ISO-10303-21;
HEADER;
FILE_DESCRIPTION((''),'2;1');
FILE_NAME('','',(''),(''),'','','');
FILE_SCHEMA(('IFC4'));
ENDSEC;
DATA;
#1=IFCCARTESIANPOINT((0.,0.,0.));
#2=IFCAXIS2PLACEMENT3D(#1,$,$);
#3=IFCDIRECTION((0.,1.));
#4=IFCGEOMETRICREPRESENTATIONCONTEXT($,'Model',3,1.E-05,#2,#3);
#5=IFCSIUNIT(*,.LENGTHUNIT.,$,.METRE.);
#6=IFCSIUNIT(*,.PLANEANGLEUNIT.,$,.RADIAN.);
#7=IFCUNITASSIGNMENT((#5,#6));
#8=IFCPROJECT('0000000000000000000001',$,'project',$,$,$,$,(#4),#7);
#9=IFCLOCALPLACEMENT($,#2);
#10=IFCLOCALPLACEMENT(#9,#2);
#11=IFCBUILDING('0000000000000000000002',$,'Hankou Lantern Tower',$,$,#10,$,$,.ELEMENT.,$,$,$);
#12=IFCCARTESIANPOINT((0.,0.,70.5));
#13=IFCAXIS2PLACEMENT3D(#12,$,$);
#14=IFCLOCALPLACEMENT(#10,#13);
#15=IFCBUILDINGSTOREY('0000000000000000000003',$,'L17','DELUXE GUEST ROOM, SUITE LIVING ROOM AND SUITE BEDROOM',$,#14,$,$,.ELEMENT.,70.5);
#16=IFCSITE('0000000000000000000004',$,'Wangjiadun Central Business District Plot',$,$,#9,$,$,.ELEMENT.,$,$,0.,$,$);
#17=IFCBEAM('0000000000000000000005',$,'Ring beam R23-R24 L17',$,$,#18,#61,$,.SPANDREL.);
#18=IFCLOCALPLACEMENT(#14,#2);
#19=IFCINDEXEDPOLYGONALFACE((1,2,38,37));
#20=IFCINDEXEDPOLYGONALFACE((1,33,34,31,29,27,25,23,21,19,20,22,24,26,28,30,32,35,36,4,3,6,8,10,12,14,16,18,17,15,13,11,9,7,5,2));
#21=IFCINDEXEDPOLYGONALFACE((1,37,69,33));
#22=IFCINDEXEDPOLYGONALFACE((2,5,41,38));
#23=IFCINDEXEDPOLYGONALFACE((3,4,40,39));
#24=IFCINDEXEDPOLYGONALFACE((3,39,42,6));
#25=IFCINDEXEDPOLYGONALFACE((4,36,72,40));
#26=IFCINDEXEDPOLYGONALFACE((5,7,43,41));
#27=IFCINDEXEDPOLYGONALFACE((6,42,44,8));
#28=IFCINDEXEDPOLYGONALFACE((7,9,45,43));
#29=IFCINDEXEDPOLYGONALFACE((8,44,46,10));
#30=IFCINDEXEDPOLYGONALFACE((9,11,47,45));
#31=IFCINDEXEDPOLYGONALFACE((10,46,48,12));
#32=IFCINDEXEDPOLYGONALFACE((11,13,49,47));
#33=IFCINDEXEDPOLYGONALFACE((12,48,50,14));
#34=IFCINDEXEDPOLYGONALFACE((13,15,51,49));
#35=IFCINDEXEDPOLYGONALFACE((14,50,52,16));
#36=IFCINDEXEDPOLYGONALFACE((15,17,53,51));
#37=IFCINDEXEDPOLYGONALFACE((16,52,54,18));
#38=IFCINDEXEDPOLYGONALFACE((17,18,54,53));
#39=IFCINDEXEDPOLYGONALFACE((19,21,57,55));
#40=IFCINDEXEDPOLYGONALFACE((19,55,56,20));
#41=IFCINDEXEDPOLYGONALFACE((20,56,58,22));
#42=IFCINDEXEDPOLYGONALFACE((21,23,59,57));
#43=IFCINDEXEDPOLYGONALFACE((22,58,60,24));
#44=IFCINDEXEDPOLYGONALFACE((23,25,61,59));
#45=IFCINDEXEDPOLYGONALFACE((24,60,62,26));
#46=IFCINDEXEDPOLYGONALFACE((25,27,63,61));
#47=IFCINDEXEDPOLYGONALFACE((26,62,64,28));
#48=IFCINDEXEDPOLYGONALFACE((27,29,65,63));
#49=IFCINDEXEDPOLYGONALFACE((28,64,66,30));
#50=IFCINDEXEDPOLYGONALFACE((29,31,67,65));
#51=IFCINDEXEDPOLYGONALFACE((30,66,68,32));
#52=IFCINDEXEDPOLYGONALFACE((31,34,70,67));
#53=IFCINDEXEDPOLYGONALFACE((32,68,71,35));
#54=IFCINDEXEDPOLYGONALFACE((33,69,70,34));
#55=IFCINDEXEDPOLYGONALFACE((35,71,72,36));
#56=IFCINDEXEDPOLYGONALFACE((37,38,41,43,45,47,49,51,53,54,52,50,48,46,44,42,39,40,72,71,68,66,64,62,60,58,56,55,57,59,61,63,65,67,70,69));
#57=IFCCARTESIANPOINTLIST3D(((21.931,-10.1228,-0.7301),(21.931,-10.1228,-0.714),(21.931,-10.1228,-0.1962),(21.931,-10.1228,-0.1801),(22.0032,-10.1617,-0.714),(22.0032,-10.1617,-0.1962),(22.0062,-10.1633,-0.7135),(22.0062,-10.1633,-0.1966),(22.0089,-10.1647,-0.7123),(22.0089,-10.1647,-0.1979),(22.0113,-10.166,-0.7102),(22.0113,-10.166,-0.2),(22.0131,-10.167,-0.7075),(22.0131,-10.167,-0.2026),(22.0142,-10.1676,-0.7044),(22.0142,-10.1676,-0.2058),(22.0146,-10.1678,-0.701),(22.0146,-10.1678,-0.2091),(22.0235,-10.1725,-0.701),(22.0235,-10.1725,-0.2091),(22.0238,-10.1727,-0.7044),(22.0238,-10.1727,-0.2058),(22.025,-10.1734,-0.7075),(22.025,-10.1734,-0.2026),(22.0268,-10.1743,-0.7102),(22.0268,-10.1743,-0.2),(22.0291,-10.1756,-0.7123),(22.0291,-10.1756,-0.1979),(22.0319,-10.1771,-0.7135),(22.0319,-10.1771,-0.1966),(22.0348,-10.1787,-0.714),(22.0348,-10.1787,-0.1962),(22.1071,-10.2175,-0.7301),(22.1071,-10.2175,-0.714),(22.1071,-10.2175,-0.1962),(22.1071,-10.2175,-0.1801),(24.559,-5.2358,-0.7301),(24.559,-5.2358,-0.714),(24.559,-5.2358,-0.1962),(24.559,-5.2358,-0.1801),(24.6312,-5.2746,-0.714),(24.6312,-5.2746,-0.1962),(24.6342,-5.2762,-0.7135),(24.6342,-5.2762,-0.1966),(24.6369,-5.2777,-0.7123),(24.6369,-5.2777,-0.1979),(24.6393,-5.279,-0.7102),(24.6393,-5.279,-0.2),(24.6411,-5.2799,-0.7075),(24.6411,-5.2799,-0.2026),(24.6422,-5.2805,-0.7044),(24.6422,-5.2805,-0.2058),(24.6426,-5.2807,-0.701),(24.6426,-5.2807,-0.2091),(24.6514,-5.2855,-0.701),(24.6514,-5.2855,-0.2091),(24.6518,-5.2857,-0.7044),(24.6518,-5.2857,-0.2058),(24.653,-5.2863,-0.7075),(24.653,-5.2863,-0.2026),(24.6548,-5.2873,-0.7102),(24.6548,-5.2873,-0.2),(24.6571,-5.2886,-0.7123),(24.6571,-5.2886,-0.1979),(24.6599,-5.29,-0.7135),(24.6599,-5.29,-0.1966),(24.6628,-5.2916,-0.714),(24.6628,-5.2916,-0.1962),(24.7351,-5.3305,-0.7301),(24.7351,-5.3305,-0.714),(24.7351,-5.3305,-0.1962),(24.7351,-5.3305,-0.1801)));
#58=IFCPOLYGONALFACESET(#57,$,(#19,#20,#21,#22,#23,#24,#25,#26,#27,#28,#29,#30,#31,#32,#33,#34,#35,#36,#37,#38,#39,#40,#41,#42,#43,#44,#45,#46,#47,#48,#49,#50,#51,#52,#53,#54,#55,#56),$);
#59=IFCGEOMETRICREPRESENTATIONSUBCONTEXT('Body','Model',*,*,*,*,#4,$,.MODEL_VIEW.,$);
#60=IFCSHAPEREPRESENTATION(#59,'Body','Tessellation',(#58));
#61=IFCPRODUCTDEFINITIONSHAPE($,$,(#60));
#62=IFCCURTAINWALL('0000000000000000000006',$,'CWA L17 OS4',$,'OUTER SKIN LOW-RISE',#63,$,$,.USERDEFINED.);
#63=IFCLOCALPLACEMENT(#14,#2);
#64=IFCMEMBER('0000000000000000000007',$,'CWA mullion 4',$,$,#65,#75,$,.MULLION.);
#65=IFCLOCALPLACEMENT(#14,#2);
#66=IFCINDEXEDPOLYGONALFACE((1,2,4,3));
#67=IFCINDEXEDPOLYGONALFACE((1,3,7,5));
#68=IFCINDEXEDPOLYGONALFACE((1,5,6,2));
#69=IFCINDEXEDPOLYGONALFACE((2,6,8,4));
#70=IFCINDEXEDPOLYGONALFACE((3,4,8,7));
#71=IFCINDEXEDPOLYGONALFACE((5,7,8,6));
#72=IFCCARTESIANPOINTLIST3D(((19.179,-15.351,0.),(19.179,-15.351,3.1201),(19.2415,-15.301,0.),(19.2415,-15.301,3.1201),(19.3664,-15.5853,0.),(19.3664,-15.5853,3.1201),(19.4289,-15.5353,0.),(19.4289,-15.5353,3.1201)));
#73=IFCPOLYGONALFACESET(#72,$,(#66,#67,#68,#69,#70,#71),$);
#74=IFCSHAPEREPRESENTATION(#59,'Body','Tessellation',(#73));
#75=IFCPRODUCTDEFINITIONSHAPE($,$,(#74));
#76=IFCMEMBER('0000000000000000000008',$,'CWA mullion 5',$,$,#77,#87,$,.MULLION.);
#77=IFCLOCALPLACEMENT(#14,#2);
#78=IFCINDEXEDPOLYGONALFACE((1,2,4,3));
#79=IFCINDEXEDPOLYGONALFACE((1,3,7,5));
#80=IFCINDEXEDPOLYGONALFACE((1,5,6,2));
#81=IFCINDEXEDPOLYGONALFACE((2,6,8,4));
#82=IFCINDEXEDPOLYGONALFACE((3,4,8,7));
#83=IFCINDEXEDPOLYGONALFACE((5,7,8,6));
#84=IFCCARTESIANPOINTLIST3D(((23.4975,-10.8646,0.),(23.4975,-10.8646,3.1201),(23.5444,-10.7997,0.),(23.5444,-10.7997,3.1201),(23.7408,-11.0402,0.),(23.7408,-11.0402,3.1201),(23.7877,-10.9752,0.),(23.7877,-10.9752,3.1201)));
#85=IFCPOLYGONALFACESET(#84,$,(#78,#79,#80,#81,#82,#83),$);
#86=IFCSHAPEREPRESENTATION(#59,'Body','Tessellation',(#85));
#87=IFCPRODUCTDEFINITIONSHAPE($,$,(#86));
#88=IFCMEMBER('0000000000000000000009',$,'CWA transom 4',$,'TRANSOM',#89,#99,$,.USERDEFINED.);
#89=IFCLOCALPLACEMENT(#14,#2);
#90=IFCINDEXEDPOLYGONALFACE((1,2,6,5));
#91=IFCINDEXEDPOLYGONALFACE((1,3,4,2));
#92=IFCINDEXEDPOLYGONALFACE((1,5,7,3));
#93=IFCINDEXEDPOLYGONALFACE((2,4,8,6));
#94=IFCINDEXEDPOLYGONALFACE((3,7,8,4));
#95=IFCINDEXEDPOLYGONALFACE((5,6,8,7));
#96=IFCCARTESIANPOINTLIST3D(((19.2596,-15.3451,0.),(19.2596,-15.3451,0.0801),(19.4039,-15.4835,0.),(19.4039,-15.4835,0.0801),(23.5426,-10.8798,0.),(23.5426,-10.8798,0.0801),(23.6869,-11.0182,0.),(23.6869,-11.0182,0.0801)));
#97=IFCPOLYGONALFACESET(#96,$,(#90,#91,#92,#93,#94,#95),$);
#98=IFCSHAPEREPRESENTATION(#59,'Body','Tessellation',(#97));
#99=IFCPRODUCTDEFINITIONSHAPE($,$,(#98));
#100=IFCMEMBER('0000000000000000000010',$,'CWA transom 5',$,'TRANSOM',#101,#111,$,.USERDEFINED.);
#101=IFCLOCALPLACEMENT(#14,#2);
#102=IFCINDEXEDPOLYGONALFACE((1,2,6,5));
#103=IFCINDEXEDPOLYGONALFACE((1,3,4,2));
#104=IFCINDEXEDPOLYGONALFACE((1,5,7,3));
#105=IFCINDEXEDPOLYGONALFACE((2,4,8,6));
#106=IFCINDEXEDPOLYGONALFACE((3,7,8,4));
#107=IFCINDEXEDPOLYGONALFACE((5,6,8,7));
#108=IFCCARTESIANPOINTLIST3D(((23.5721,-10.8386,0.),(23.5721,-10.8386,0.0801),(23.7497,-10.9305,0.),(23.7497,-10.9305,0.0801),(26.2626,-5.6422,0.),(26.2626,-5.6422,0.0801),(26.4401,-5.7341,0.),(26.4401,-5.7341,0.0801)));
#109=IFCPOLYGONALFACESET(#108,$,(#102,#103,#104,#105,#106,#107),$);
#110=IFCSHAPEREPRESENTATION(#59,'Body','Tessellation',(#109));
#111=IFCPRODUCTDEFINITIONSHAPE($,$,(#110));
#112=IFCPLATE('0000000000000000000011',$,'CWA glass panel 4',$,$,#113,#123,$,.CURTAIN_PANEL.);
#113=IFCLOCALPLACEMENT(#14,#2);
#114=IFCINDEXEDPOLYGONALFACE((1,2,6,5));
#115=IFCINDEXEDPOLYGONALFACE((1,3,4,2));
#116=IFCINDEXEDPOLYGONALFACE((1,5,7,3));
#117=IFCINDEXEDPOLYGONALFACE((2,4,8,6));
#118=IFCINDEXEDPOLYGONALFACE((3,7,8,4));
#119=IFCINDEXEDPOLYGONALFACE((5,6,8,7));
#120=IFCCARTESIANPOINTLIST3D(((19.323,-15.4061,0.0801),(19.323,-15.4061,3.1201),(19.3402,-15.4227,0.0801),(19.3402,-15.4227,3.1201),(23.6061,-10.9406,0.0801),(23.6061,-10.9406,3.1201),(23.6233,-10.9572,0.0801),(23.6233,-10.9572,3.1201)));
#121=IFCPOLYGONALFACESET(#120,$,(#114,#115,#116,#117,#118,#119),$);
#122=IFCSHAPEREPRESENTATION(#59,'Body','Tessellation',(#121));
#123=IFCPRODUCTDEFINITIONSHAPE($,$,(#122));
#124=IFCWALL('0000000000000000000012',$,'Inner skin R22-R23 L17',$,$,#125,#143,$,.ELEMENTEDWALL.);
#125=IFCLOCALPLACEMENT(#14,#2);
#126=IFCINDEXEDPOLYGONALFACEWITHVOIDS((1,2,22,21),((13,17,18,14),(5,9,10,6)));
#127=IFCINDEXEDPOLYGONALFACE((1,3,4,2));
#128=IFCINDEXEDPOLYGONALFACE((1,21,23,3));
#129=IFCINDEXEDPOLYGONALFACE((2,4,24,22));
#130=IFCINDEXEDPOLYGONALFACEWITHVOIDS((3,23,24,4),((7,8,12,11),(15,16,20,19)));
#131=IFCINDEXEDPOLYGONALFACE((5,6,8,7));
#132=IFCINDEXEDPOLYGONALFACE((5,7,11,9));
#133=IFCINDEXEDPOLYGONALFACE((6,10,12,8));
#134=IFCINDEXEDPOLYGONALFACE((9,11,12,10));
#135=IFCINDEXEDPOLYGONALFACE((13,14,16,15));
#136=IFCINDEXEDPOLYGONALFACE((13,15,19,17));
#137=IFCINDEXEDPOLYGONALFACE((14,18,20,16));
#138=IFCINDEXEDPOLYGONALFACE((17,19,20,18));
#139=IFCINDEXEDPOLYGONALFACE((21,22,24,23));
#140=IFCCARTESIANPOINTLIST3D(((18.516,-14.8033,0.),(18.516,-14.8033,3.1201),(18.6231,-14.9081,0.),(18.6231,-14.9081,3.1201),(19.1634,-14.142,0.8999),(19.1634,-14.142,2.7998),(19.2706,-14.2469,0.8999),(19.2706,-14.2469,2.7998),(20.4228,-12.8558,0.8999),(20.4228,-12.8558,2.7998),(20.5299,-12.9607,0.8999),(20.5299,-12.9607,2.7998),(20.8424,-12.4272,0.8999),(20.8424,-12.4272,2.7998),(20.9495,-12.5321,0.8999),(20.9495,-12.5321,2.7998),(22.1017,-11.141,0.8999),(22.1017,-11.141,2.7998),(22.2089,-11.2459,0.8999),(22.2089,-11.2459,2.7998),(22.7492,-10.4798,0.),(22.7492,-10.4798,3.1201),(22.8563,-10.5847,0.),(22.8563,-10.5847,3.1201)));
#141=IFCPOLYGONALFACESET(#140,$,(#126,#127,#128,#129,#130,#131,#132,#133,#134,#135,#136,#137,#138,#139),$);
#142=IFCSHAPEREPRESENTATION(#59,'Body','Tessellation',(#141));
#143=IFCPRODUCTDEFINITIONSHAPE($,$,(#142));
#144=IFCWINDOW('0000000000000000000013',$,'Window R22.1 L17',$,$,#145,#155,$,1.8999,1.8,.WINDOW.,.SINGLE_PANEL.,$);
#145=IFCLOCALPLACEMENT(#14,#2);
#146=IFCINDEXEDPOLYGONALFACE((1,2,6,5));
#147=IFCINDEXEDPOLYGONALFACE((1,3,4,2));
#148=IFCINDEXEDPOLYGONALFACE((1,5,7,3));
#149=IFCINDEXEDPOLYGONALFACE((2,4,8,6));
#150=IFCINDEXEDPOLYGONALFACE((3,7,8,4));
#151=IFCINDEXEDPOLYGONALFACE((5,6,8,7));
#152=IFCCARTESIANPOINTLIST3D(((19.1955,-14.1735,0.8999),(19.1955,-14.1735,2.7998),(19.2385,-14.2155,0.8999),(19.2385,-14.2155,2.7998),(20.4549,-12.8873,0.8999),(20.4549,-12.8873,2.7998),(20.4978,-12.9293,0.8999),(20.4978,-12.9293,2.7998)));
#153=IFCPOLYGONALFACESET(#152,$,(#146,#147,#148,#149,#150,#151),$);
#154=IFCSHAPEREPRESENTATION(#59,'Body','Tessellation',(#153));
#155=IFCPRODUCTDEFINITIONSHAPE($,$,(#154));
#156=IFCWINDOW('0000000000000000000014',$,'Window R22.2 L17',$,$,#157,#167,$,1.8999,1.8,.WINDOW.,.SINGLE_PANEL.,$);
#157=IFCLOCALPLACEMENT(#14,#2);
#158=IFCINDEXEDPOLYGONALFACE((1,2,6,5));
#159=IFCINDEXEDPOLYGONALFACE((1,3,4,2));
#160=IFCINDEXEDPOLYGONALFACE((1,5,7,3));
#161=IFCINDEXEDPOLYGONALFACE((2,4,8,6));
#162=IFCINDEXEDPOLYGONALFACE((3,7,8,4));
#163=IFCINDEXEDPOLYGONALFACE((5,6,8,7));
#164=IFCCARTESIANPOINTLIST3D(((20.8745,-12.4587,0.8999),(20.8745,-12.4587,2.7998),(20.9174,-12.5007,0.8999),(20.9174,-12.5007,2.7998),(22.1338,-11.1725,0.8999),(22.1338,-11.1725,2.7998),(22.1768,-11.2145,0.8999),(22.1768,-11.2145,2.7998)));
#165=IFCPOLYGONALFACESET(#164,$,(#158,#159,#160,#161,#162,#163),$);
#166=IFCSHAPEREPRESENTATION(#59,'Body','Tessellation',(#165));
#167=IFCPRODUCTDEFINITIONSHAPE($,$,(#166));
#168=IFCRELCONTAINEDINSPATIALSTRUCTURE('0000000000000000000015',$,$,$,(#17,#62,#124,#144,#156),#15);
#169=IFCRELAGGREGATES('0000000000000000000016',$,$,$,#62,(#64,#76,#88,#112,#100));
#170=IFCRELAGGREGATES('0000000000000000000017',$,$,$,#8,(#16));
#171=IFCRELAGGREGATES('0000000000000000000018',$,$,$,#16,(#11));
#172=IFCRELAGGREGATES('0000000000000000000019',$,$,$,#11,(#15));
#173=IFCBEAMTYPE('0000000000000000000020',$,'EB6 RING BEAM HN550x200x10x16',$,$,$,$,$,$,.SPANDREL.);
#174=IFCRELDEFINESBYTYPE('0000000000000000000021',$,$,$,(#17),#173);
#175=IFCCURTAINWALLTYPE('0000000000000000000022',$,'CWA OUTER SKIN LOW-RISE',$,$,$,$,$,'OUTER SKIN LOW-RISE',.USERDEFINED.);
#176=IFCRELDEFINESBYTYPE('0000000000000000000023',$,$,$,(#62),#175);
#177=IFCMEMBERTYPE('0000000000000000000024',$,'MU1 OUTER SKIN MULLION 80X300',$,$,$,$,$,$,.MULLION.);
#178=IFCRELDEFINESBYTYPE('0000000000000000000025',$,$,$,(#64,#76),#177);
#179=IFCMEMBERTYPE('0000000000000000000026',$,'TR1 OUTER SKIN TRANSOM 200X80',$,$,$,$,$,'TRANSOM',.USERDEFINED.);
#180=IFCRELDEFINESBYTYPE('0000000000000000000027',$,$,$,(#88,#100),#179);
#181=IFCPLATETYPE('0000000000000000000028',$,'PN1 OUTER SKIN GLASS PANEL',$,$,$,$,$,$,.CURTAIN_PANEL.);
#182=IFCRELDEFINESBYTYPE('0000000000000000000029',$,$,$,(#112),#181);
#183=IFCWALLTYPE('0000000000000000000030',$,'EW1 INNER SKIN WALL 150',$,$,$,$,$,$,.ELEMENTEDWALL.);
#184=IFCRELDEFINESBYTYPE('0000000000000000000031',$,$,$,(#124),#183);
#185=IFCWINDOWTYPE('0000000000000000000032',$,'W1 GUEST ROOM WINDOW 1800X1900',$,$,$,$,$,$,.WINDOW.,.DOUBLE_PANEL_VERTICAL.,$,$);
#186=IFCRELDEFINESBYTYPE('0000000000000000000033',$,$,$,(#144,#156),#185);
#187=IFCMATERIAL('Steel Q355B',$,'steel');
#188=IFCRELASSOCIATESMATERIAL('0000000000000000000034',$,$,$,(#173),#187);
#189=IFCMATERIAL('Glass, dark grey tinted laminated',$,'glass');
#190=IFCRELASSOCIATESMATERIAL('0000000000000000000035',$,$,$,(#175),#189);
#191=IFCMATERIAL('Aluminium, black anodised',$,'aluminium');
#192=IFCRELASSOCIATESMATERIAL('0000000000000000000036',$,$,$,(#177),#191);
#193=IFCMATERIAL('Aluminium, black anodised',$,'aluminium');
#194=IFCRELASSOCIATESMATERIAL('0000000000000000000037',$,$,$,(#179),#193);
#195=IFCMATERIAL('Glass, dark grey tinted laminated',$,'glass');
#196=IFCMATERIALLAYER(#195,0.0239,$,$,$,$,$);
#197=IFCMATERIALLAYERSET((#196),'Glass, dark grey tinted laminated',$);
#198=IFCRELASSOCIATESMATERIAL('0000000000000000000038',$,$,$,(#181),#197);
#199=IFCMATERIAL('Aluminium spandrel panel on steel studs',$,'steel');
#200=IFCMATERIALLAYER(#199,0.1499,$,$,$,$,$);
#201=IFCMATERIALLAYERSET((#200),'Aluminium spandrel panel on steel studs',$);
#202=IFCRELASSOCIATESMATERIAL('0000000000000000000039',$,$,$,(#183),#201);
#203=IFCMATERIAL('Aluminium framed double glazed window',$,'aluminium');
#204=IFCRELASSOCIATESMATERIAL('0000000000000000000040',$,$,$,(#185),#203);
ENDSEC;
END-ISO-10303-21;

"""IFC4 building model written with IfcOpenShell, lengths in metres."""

from ifc_helpers import new_model, si_unit, direction, frame, frame_2d, origin, origin_2d, place, context, subcontext, project, spatial, rectangle, i_section, extrude, material, layer, layer_set, material_profile, profile_set, type_object, element, fill, aggregate, save


model = new_model("IFC4")

# Units and contexts
model_context = context("Model", 3, precision=1e-05, world=origin(), true_north=direction((0.0, 1.0)))
body_context = subcontext(model_context, "Body", "Model", "MODEL_VIEW")
ifc_project = project(units=[si_unit("LENGTHUNIT", "METRE"), si_unit("PLANEANGLEUNIT", "RADIAN")], contexts=[model_context])

# Site, building, storey
site_placement = place(None, origin())
site = spatial("IfcSite", under=ifc_project, at=site_placement, Name="Wangjiadun Central Business District Plot", CompositionType="ELEMENT", RefElevation=0.0)
building_placement = place(site_placement, origin())
building = spatial("IfcBuilding", under=site, at=building_placement, Name="Hankou Lantern Tower", CompositionType="ELEMENT")
storey_placement = place(building_placement, frame((0.0, 0.0, 70.5)))
storey = spatial("IfcBuildingStorey", under=building, at=storey_placement, Name="L17", Description="DELUXE GUEST ROOM, SUITE LIVING ROOM AND SUITE BEDROOM", CompositionType="ELEMENT", Elevation=70.5)

# Beam
ifc_material_1 = material(Name="Steel Q355B", Category="steel")
ifc_material_profile_1 = material_profile(ifc_material_1, i_section(OverallWidth=0.2, OverallDepth=0.55, WebThickness=0.01, FlangeThickness=0.0161, FilletRadius=0.0129, at=origin_2d()), Name="HN550x200x10x16")
ifc_profile_set_1 = profile_set([ifc_material_profile_1], Name="Steel Q355B")
beam_type = type_object("IfcBeamType", Name="EB6 RING BEAM HN550x200x10x16", PredefinedType="SPANDREL", material=ifc_profile_set_1)
beam_1_placement = place(storey_placement, frame((22.019, -10.1702, -0.4551), z_axis=(0.473609, 0.880735, 0.0), x_axis=(-0.880735, 0.473609, 0.0)))
element("IfcBeam", 1, at=beam_1_placement, inside=storey, type_object=beam_type, Name="Ring beam R23-R24 L17", PredefinedType="SPANDREL", context=body_context, shape_type="SweptSolid", body=[
    extrude(i_section(OverallWidth=0.2, OverallDepth=0.55, WebThickness=0.01, FlangeThickness=0.0161, FilletRadius=0.0129, at=origin_2d()), origin(), (0.0, 0.0, 1.0), 5.5488),
])

# Curtain wall, members, plate
ifc_material_2 = material(Name="Glass, dark grey tinted laminated", Category="glass")
curtain_wall_type = type_object("IfcCurtainWallType", Name="CWA OUTER SKIN LOW-RISE", ElementType="OUTER SKIN LOW-RISE", PredefinedType="USERDEFINED", material=ifc_material_2)
curtain_wall_placement = place(storey_placement, origin())
curtain_wall = element("IfcCurtainWall", 2, at=curtain_wall_placement, inside=storey, type_object=curtain_wall_type, Name="CWA L17 OS4", ObjectType="OUTER SKIN LOW-RISE", PredefinedType="USERDEFINED")
ifc_material_3 = material(Name="Aluminium, black anodised", Category="aluminium")
ifc_material_profile_2 = material_profile(ifc_material_3, rectangle(XDim=0.0801, YDim=0.3, at=origin_2d()), Name="MU1 80X300")
ifc_profile_set_2 = profile_set([ifc_material_profile_2], Name="Aluminium, black anodised")
member_type_1 = type_object("IfcMemberType", Name="MU1 OUTER SKIN MULLION 80X300", PredefinedType="MULLION", material=ifc_profile_set_2)
member_1_placement = place(storey_placement, frame((19.304, -15.4431, 0.0), z_axis=(0.0, 0.0, 1.0), x_axis=(0.780869, 0.624695, 0.0)))
member_1 = element("IfcMember", 3, at=member_1_placement, type_object=member_type_1, Name="CWA mullion 4", PredefinedType="MULLION", context=body_context, shape_type="SweptSolid", body=[
    extrude(rectangle(XDim=0.0801, YDim=0.3, at=origin_2d()), origin(), (0.0, 0.0, 1.0), 3.1201),
])
member_2_placement = place(storey_placement, frame((23.6426, -10.9199, 0.0), z_axis=(0.0, 0.0, 1.0), x_axis=(0.585206, 0.810885, 0.0)))
member_2 = element("IfcMember", 4, at=member_2_placement, type_object=member_type_1, Name="CWA mullion 5", PredefinedType="MULLION", context=body_context, shape_type="SweptSolid", body=[
    extrude(rectangle(XDim=0.0801, YDim=0.3, at=origin_2d()), origin(), (0.0, 0.0, 1.0), 3.1201),
])
ifc_material_4 = material(Name="Aluminium, black anodised", Category="aluminium")
ifc_material_profile_3 = material_profile(ifc_material_4, rectangle(XDim=0.2, YDim=0.0801, at=origin_2d()), Name="TR1 200X80")
ifc_profile_set_3 = profile_set([ifc_material_profile_3], Name="Aluminium, black anodised")
member_type_2 = type_object("IfcMemberType", Name="TR1 OUTER SKIN TRANSOM 200X80", ElementType="TRANSOM", PredefinedType="USERDEFINED", material=ifc_profile_set_3)
member_3_placement = place(storey_placement, frame((19.3318, -15.4143, 0.04), z_axis=(0.692216, 0.721691, 0.0), x_axis=(-0.721691, 0.692216, 0.0)))
member_3 = element("IfcMember", 5, at=member_3_placement, type_object=member_type_2, Name="CWA transom 4", ObjectType="TRANSOM", PredefinedType="USERDEFINED", context=body_context, shape_type="SweptSolid", body=[
    extrude(rectangle(XDim=0.2, YDim=0.0801, at=origin_2d()), origin(), (0.0, 0.0, 1.0), 6.1873),
])
member_4_placement = place(storey_placement, frame((23.6609, -10.8845, 0.04), z_axis=(0.459786, 0.88803, 0.0), x_axis=(-0.88803, 0.459786, 0.0)))
member_4 = element("IfcMember", 6, at=member_4_placement, type_object=member_type_2, Name="CWA transom 5", ObjectType="TRANSOM", PredefinedType="USERDEFINED", context=body_context, shape_type="SweptSolid", body=[
    extrude(rectangle(XDim=0.2, YDim=0.0801, at=origin_2d()), origin(), (0.0, 0.0, 1.0), 5.8516),
])
ifc_material_5 = material(Name="Glass, dark grey tinted laminated", Category="glass")
ifc_layer_1 = layer(ifc_material_5, 0.0239)
ifc_layer_set_1 = layer_set([ifc_layer_1], Name="Glass, dark grey tinted laminated")
plate_type = type_object("IfcPlateType", Name="PN1 OUTER SKIN GLASS PANEL", PredefinedType="CURTAIN_PANEL", material=ifc_layer_set_1)
plate_placement = place(storey_placement, frame((21.4731, -13.1816, 0.0801), z_axis=(0.0, 0.0, 1.0), x_axis=(0.692216, 0.721691, 0.0)))
plate = element("IfcPlate", 7, at=plate_placement, type_object=plate_type, Name="CWA glass panel 4", PredefinedType="CURTAIN_PANEL", context=body_context, shape_type="SweptSolid", body=[
    extrude(rectangle(XDim=6.1875, YDim=0.0239, at=origin_2d()), origin(), (0.0, 0.0, 1.0), 3.04),
])
aggregate(curtain_wall, [member_1, member_2, member_3, plate, member_4])

# Wall, openings, windows
ifc_material_6 = material(Name="Aluminium spandrel panel on steel studs", Category="steel")
ifc_layer_2 = layer(ifc_material_6, 0.1499)
ifc_layer_set_2 = layer_set([ifc_layer_2], Name="Aluminium spandrel panel on steel studs")
wall_type_1 = type_object("IfcWallType", Name="EW1 INNER SKIN WALL 150", PredefinedType="ELEMENTEDWALL", material=ifc_layer_set_2)
wall_1_placement = place(storey_placement, frame((18.5696, -14.8557, 0.0), z_axis=(0.0, 0.0, 1.0), x_axis=(0.699603, 0.714532, 0.0)))
wall_1 = element("IfcWall", 8, at=wall_1_placement, inside=storey, type_object=wall_type_1, Name="Inner skin R22-R23 L17", PredefinedType="ELEMENTEDWALL", context=body_context, shape_type="SweptSolid", body=[
    extrude(rectangle(XDim=6.0508, YDim=0.1499, at=frame_2d((3.0254, 0.0))), origin(), (0.0, 0.0, 1.0), 3.1201),
])
opening_1_placement = place(wall_1_placement, frame((0.9255, 0.0, 0.8999)))
opening_1 = element("IfcOpeningElement", 9, at=opening_1_placement, cuts=wall_1, PredefinedType="OPENING", context=body_context, shape_type="SweptSolid", body=[
    extrude(rectangle(XDim=1.8, YDim=1.8999, at=frame_2d((0.8999, 0.95))), frame((0.0, 0.085, 0.0), z_axis=(0.0, -1.0, 0.0), x_axis=(1.0, 0.0, 0.0)), (0.0, 0.0, 1.0), 0.1699),
])
opening_2_placement = place(wall_1_placement, frame((3.3254, 0.0, 0.8999)))
opening_2 = element("IfcOpeningElement", 10, at=opening_2_placement, cuts=wall_1, PredefinedType="OPENING", context=body_context, shape_type="SweptSolid", body=[
    extrude(rectangle(XDim=1.8, YDim=1.8999, at=frame_2d((0.8999, 0.95))), frame((0.0, 0.085, 0.0), z_axis=(0.0, -1.0, 0.0), x_axis=(1.0, 0.0, 0.0)), (0.0, 0.0, 1.0), 0.1699),
])
ifc_material_7 = material(Name="Aluminium framed double glazed window", Category="aluminium")
window_type = type_object("IfcWindowType", Name="W1 GUEST ROOM WINDOW 1800X1900", PartitioningType="DOUBLE_PANEL_VERTICAL", PredefinedType="WINDOW", material=ifc_material_7)
window_1_placement = place(opening_1_placement, origin())
window_1 = element("IfcWindow", 11, at=window_1_placement, inside=storey, type_object=window_type, Name="Window R22.1 L17", OverallHeight=1.8999, OverallWidth=1.8, PartitioningType="SINGLE_PANEL", PredefinedType="WINDOW", context=body_context, shape_type="SweptSolid", body=[
    extrude(rectangle(XDim=1.8, YDim=1.8999, at=frame_2d((0.8999, 0.95))), frame((0.0, 0.03, 0.0), z_axis=(0.0, -1.0, 0.0), x_axis=(1.0, 0.0, 0.0)), (0.0, 0.0, 1.0), 0.0601),
])
fill(opening_1, window_1)
window_2_placement = place(opening_2_placement, origin())
window_2 = element("IfcWindow", 12, at=window_2_placement, inside=storey, type_object=window_type, Name="Window R22.2 L17", OverallHeight=1.8999, OverallWidth=1.8, PartitioningType="SINGLE_PANEL", PredefinedType="WINDOW", context=body_context, shape_type="SweptSolid", body=[
    extrude(rectangle(XDim=1.8, YDim=1.8999, at=frame_2d((0.8999, 0.95))), frame((0.0, 0.03, 0.0), z_axis=(0.0, -1.0, 0.0), x_axis=(1.0, 0.0, 0.0)), (0.0, 0.0, 1.0), 0.0601),
])
fill(opening_2, window_2)

save(model, "model.ifc")
